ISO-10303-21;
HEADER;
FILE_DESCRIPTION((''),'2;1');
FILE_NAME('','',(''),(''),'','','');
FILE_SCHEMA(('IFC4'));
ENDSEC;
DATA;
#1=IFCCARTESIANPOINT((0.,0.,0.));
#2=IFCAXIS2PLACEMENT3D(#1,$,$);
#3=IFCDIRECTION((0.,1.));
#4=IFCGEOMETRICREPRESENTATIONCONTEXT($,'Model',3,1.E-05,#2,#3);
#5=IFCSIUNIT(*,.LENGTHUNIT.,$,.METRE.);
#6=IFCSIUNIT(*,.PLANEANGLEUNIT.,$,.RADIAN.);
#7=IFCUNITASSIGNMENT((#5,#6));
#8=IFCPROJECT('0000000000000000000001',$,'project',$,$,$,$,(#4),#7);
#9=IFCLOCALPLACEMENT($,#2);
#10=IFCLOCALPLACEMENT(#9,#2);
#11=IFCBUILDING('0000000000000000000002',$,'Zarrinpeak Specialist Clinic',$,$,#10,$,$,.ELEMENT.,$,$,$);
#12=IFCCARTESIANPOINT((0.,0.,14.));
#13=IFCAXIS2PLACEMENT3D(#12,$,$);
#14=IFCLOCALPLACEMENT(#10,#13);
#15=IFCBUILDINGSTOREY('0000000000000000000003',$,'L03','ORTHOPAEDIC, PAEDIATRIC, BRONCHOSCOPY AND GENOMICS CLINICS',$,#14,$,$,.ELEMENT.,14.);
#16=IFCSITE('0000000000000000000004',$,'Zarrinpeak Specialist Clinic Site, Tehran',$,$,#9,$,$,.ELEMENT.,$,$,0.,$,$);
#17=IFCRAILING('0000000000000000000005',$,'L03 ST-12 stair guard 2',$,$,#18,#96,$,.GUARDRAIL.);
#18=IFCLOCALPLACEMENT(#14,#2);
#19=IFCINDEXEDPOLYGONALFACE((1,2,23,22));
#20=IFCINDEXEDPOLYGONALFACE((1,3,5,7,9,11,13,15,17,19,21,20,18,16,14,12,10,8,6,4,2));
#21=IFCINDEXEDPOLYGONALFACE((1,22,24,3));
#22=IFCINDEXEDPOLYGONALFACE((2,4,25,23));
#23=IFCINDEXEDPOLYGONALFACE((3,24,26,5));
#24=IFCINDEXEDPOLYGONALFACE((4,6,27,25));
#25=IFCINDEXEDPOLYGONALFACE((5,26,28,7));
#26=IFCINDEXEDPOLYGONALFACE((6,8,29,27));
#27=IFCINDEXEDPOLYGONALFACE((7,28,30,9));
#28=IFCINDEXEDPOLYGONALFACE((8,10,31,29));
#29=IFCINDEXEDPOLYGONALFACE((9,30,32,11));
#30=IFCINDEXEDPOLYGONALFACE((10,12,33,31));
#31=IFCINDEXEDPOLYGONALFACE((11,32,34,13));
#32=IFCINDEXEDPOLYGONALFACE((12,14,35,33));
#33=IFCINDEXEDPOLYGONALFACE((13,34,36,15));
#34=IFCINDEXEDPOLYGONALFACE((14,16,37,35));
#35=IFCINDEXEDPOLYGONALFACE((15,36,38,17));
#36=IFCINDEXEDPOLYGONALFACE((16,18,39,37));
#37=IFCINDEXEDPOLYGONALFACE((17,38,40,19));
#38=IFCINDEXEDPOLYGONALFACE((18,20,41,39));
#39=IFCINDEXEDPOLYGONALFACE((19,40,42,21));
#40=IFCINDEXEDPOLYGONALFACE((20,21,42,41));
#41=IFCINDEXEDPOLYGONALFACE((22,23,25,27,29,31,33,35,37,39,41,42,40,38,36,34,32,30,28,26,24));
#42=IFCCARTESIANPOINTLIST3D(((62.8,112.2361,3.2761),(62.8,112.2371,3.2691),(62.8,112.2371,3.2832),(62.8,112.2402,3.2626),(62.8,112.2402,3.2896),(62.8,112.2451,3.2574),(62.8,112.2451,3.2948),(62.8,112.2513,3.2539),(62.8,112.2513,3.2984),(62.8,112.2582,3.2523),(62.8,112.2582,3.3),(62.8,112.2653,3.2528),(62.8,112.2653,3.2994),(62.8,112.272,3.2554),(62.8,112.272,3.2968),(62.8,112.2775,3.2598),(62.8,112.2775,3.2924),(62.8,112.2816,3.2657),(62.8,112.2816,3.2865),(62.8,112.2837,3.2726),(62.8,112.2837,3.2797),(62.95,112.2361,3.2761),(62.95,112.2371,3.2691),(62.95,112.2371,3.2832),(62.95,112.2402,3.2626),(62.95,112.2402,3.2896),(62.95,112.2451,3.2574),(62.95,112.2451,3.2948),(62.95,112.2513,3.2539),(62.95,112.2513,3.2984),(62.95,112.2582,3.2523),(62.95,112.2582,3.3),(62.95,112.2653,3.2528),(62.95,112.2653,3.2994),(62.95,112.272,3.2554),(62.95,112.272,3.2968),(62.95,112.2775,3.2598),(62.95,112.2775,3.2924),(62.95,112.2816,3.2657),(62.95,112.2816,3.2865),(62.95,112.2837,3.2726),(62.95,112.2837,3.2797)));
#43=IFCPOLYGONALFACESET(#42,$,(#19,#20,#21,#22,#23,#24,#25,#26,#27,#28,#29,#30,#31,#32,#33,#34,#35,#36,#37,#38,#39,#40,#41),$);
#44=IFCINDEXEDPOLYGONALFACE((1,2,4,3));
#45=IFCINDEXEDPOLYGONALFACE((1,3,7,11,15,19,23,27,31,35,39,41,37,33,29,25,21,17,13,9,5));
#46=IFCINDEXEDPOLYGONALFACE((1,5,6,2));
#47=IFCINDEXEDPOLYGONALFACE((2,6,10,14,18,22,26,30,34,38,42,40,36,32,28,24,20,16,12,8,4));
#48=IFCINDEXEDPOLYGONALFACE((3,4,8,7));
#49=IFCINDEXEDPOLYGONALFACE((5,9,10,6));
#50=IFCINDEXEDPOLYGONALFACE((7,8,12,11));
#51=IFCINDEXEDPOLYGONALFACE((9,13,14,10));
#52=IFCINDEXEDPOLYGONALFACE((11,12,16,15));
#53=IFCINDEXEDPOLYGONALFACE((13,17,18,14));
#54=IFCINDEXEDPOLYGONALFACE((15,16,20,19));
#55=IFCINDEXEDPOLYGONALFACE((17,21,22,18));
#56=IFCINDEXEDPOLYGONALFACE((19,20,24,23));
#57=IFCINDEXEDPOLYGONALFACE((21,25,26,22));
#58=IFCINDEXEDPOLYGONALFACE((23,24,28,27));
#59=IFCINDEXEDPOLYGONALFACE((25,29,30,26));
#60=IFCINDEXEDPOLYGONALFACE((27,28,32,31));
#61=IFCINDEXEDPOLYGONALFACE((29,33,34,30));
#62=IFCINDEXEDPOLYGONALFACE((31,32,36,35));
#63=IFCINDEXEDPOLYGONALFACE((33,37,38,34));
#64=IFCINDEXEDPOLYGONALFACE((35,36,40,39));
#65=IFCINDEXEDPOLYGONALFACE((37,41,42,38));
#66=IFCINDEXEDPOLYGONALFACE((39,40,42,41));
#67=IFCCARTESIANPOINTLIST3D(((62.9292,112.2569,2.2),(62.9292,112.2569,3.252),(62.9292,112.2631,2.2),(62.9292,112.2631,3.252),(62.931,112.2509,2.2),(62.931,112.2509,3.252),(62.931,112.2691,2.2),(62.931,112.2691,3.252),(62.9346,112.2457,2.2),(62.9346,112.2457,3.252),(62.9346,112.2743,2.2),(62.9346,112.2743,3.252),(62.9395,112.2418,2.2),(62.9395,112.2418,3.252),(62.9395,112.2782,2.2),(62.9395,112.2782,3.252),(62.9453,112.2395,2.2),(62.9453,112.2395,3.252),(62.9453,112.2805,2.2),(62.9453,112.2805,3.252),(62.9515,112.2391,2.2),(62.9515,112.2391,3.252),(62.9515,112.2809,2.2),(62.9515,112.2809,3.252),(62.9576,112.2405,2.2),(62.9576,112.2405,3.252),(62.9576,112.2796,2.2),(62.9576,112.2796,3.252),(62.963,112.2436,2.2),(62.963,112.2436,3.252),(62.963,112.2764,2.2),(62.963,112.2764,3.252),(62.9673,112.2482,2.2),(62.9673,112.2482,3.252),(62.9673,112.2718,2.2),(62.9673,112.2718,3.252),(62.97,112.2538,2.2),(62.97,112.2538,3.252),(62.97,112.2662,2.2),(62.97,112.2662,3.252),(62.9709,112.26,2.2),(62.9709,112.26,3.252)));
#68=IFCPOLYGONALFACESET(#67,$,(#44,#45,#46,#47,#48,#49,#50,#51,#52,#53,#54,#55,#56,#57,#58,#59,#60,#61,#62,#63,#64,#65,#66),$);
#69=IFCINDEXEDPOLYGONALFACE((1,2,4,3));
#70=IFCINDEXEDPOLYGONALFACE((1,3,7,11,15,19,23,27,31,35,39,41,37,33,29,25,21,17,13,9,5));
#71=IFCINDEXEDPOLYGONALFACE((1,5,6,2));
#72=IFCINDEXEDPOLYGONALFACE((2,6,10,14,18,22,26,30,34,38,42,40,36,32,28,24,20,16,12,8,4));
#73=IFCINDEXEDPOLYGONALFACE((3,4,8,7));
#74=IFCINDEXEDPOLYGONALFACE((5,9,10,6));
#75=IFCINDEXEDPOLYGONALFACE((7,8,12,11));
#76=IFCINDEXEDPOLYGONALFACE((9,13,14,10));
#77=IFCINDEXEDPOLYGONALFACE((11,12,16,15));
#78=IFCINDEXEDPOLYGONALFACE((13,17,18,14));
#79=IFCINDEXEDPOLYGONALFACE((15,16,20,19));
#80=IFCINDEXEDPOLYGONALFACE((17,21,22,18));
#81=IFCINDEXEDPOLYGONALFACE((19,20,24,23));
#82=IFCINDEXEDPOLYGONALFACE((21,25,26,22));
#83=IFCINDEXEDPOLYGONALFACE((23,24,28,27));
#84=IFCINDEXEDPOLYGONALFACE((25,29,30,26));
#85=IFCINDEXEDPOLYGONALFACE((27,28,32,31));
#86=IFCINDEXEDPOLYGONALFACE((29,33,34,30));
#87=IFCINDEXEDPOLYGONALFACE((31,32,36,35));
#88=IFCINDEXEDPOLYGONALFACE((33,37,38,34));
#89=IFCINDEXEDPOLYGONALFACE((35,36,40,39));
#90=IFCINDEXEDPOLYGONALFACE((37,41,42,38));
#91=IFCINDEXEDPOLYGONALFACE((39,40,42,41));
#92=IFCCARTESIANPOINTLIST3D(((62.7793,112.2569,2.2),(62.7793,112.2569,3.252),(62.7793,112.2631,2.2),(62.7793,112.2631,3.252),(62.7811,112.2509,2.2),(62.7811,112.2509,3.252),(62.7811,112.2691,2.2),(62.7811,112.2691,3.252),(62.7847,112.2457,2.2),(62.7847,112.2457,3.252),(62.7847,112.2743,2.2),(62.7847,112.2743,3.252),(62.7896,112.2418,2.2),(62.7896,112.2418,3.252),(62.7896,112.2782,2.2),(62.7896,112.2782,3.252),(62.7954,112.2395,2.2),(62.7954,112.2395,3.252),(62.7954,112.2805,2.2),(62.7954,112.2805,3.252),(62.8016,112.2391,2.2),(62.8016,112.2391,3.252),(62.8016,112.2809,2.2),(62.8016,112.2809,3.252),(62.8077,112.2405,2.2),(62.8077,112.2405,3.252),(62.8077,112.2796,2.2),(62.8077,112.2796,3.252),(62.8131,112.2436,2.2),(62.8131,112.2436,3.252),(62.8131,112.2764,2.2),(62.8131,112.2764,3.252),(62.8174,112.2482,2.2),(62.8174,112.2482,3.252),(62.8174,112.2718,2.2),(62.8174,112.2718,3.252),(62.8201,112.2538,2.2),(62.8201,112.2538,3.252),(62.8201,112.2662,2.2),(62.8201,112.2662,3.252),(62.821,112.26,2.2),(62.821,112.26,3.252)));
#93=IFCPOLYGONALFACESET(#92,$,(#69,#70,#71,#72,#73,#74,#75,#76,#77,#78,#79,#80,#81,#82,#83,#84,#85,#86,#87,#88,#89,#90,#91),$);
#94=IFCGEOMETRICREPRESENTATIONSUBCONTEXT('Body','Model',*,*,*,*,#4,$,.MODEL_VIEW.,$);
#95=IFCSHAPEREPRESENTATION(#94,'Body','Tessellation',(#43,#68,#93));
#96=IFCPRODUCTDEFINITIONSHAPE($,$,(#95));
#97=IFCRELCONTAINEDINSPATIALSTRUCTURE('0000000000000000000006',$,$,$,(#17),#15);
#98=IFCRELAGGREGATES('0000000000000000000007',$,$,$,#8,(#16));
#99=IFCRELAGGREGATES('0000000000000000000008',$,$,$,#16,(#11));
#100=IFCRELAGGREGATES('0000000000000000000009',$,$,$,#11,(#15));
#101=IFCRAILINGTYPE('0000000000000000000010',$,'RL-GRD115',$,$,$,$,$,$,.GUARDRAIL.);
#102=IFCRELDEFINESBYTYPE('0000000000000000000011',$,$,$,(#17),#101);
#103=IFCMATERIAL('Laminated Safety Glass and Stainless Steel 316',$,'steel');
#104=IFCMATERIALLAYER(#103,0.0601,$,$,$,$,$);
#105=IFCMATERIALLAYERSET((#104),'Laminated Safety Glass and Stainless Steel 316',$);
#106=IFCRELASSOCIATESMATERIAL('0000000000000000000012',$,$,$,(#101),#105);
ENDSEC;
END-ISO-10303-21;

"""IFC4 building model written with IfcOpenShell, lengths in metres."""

from ifc_helpers import new_model, si_unit, direction, frame, origin, origin_2d, place, context, subcontext, project, spatial, circle, extrude, material, layer, layer_set, type_object, element, save


model = new_model("IFC4")

# Units and contexts
model_context = context("Model", 3, precision=1e-05, world=origin(), true_north=direction((0.0, 1.0)))
body_context = subcontext(model_context, "Body", "Model", "MODEL_VIEW")
ifc_project = project(units=[si_unit("LENGTHUNIT", "METRE"), si_unit("PLANEANGLEUNIT", "RADIAN")], contexts=[model_context])

# Site, building, storey
site_placement = place(None, origin())
site = spatial("IfcSite", under=ifc_project, at=site_placement, Name="Zarrinpeak Specialist Clinic Site, Tehran", CompositionType="ELEMENT", RefElevation=0.0)
building_placement = place(site_placement, origin())
building = spatial("IfcBuilding", under=site, at=building_placement, Name="Zarrinpeak Specialist Clinic", CompositionType="ELEMENT")
storey_placement = place(building_placement, frame((0.0, 0.0, 14.0)))
storey = spatial("IfcBuildingStorey", under=building, at=storey_placement, Name="L03", Description="ORTHOPAEDIC, PAEDIATRIC, BRONCHOSCOPY AND GENOMICS CLINICS", CompositionType="ELEMENT", Elevation=14.0)

# Railing
ifc_material_1 = material(Name="Laminated Safety Glass and Stainless Steel 316", Category="steel")
ifc_layer_1 = layer(ifc_material_1, 0.0601)
ifc_layer_set_1 = layer_set([ifc_layer_1], Name="Laminated Safety Glass and Stainless Steel 316")
railing_type_1 = type_object("IfcRailingType", Name="RL-GRD115", PredefinedType="GUARDRAIL", material=ifc_layer_set_1)
railing_1_placement = place(storey_placement, frame((62.95, 112.26, 2.2)))
element("IfcRailing", 1, at=railing_1_placement, inside=storey, type_object=railing_type_1, Name="L03 ST-12 stair guard 2", PredefinedType="GUARDRAIL", context=body_context, shape_type="SweptSolid", body=[
    extrude(circle(Radius=0.0239, at=origin_2d()), frame((0.0, 0.0, 1.0762), z_axis=(-1.0, 0.0, 0.0), x_axis=(0.0, -1.0, 0.0)), (0.0, 0.0, 1.0), 0.1499),
    extrude(circle(Radius=0.021, at=origin_2d()), origin(), (0.0, 0.0, 1.0), 1.052),
    extrude(circle(Radius=0.021, at=origin_2d()), frame((-0.1499, 0.0, 0.0)), (0.0, 0.0, 1.0), 1.052),
])

save(model, "model.ifc")
